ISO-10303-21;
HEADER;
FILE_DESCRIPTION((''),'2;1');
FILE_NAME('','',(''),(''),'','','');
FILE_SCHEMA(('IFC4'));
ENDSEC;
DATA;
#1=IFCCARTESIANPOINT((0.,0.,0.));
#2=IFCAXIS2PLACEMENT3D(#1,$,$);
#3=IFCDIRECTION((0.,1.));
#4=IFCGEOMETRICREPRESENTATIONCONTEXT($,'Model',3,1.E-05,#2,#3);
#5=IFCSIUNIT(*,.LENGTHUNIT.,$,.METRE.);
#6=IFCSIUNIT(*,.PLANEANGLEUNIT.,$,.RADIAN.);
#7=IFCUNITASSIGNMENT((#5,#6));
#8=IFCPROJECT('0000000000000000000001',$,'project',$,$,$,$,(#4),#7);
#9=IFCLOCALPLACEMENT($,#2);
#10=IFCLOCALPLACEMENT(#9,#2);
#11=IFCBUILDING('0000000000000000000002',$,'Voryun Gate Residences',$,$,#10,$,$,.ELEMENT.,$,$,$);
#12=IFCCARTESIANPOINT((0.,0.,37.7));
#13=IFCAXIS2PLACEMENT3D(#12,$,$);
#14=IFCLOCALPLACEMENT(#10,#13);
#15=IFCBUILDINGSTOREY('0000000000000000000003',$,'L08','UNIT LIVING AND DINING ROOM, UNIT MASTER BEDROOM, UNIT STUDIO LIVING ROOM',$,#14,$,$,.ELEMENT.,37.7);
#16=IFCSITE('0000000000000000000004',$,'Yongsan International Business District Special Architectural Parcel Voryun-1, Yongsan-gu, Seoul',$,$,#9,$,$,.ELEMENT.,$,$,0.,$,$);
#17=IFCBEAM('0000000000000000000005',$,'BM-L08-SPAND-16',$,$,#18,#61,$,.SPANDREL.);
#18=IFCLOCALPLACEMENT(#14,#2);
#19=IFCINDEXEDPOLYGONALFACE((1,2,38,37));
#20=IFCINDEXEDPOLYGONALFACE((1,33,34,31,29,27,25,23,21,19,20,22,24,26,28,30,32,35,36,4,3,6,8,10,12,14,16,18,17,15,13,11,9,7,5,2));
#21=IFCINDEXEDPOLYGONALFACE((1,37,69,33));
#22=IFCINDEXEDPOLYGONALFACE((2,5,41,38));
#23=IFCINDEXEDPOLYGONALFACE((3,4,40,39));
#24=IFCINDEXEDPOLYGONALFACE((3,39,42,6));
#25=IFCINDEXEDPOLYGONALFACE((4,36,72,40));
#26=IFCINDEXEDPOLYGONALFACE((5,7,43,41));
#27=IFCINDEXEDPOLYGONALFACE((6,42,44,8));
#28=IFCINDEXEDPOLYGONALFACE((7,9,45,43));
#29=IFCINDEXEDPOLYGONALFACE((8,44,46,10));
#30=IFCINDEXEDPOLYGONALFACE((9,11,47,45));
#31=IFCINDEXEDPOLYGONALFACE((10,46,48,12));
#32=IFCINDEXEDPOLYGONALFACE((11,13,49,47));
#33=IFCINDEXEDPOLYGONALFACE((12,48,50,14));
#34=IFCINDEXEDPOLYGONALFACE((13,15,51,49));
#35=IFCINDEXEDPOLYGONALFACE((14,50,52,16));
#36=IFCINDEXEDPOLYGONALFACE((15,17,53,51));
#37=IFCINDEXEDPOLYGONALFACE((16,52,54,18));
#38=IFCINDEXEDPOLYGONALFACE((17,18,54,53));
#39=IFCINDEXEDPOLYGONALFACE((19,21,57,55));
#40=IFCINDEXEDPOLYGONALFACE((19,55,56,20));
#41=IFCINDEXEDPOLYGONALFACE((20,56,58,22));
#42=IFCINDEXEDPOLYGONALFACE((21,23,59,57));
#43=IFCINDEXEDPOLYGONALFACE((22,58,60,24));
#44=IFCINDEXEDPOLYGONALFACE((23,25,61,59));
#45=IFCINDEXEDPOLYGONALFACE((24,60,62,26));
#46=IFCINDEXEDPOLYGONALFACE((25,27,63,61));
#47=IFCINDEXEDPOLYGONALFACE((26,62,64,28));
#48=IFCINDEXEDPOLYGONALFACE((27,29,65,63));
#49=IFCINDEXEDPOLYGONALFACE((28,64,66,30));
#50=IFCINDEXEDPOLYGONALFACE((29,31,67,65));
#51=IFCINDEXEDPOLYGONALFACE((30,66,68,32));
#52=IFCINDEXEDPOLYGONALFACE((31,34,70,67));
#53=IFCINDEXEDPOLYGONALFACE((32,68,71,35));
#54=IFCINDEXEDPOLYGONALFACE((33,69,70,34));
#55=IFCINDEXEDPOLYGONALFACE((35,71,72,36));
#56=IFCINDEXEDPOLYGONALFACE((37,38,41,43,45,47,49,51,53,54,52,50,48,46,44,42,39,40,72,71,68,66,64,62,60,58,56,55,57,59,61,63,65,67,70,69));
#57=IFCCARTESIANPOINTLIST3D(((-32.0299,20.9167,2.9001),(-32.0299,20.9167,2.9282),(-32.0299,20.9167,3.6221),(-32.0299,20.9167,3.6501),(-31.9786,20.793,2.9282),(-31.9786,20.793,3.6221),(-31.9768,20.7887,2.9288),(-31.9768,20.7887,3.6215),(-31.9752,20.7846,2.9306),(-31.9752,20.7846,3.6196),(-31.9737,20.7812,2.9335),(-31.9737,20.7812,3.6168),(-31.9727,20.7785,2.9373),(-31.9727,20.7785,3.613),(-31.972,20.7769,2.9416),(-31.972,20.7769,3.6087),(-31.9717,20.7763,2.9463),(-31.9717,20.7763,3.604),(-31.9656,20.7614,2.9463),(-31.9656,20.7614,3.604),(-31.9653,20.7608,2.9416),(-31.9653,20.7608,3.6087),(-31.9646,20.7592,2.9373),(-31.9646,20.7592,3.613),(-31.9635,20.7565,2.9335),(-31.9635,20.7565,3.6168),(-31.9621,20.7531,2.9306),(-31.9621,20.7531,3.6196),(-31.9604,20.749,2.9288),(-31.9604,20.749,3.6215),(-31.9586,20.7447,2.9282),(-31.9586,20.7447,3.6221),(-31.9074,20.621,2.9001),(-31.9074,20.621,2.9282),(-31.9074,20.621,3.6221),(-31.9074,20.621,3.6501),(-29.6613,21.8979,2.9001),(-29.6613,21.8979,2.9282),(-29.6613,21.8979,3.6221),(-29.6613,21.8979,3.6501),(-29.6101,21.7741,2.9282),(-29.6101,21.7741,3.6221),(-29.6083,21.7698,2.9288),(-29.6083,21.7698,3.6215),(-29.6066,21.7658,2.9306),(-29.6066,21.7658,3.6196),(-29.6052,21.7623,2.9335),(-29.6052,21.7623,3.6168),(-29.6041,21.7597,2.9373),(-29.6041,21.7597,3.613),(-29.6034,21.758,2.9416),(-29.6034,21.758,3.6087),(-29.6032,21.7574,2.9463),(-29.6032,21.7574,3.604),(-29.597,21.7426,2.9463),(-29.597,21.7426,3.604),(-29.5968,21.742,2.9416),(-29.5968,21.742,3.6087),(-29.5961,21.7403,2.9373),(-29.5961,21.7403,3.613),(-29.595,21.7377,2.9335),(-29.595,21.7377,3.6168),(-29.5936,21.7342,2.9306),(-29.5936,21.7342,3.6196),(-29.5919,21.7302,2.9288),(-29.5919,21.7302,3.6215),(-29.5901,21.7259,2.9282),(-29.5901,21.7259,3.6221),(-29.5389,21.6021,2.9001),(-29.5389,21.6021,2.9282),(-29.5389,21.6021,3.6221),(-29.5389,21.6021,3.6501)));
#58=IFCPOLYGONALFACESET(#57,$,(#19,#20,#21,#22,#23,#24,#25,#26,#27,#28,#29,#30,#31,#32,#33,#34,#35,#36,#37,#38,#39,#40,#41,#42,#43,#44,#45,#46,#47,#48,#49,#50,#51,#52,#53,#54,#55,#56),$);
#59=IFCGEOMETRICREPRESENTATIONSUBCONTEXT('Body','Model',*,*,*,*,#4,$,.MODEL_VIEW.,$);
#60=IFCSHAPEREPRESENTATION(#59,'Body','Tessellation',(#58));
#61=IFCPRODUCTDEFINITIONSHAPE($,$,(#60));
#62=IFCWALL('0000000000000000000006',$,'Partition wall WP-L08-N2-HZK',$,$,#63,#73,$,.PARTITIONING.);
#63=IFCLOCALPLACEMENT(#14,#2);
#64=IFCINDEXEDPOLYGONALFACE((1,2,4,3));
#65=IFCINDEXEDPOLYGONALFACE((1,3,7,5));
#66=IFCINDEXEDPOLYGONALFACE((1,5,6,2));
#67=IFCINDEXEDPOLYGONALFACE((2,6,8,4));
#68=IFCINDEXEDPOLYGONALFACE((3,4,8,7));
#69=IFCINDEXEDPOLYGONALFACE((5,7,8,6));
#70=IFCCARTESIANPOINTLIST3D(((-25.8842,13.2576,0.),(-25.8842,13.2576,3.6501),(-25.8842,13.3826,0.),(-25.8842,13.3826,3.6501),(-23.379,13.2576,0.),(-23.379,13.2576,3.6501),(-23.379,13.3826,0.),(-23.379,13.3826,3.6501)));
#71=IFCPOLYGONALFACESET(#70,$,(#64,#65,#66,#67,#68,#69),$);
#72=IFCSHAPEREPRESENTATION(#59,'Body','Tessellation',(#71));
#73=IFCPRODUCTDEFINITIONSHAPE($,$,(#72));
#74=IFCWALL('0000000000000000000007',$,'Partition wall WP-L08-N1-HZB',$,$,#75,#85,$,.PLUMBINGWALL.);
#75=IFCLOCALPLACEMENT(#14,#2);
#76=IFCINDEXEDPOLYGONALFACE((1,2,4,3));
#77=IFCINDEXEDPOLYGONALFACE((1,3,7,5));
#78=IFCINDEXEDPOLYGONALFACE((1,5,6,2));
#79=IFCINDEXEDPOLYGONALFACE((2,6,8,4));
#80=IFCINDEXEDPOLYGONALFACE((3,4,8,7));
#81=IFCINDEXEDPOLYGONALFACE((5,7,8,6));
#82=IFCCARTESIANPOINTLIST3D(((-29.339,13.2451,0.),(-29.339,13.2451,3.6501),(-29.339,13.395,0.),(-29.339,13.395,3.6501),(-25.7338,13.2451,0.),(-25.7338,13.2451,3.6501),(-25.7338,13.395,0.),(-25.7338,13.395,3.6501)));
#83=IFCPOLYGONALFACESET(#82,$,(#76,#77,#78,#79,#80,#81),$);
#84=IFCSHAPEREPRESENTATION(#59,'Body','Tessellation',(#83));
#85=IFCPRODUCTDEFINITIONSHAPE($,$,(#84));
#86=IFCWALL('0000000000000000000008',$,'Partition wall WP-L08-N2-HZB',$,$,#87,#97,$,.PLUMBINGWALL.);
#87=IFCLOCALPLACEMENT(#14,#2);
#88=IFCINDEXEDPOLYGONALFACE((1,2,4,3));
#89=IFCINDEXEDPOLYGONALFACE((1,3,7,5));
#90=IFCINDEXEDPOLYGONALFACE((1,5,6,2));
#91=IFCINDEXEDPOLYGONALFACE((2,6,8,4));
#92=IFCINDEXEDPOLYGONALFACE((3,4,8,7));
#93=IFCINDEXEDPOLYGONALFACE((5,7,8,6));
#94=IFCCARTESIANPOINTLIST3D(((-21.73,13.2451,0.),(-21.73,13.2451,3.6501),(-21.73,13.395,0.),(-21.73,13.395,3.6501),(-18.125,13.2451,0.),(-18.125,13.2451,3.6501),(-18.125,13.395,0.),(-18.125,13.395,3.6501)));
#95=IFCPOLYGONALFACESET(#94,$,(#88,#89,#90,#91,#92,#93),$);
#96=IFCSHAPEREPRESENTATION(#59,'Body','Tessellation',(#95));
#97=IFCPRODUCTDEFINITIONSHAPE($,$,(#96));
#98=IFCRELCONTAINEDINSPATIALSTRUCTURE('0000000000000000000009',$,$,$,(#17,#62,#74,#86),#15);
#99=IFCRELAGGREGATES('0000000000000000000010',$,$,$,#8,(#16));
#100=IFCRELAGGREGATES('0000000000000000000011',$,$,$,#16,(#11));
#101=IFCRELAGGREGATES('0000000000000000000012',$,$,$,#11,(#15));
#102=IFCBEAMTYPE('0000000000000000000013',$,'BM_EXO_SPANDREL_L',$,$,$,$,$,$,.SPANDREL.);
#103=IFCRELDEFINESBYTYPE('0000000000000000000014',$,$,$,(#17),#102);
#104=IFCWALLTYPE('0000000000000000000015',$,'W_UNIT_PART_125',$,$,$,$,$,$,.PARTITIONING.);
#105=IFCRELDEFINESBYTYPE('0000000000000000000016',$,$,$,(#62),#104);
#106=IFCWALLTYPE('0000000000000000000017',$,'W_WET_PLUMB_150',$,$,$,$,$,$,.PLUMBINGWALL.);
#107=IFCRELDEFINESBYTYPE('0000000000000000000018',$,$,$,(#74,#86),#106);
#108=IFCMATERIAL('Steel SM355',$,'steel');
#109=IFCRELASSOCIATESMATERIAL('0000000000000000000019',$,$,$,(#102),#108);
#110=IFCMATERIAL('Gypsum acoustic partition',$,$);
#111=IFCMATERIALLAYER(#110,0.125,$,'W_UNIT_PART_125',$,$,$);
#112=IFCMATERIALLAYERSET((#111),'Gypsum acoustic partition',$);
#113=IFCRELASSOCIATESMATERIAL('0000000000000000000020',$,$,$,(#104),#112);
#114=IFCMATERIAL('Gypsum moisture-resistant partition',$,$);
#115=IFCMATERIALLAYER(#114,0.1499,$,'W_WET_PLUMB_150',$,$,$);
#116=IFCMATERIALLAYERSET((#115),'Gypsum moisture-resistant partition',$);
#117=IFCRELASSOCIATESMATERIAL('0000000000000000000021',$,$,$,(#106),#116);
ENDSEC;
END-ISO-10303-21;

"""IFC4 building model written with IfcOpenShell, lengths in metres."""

from ifc_helpers import new_model, si_unit, direction, frame, frame_2d, origin, origin_2d, place, context, subcontext, project, spatial, rectangle, i_section, extrude, material, layer, layer_set, material_profile, profile_set, type_object, element, save


model = new_model("IFC4")

# Units and contexts
model_context = context("Model", 3, precision=1e-05, world=origin(), true_north=direction((0.0, 1.0)))
body_context = subcontext(model_context, "Body", "Model", "MODEL_VIEW")
ifc_project = project(units=[si_unit("LENGTHUNIT", "METRE"), si_unit("PLANEANGLEUNIT", "RADIAN")], contexts=[model_context])

# Site, building, storey
site_placement = place(None, origin())
site = spatial("IfcSite", under=ifc_project, at=site_placement, Name="Yongsan International Business District Special Architectural Parcel Voryun-1, Yongsan-gu, Seoul", CompositionType="ELEMENT", RefElevation=0.0)
building_placement = place(site_placement, origin())
building = spatial("IfcBuilding", under=site, at=building_placement, Name="Voryun Gate Residences", CompositionType="ELEMENT")
storey_placement = place(building_placement, frame((0.0, 0.0, 37.7)))
storey = spatial("IfcBuildingStorey", under=building, at=storey_placement, Name="L08", Description="UNIT LIVING AND DINING ROOM, UNIT MASTER BEDROOM, UNIT STUDIO LIVING ROOM", CompositionType="ELEMENT", Elevation=37.7)

# Beam
ifc_material_1 = material(Name="Steel SM355", Category="steel")
ifc_material_profile = material_profile(ifc_material_1, i_section(OverallWidth=0.3201, OverallDepth=0.75, WebThickness=0.0161, FlangeThickness=0.0281, FilletRadius=0.0181, at=origin_2d()), Name="H-750x320x16x28")
ifc_profile_set = profile_set([ifc_material_profile], Name="Steel SM355")
beam_type = type_object("IfcBeamType", Name="BM_EXO_SPANDREL_L", PredefinedType="SPANDREL", material=ifc_profile_set)
beam_placement = place(storey_placement, frame((-29.6001, 21.75, 3.2751), z_axis=(-0.923869, -0.382708, 0.0), x_axis=(0.382708, -0.923869, 0.0)))
element("IfcBeam", 1, at=beam_placement, inside=storey, type_object=beam_type, Name="BM-L08-SPAND-16", PredefinedType="SPANDREL", context=body_context, shape_type="SweptSolid", body=[
    extrude(i_section(OverallWidth=0.3201, OverallDepth=0.75, WebThickness=0.0161, FlangeThickness=0.0281, FilletRadius=0.0181, at=origin_2d()), origin(), (0.0, 0.0, 1.0), 2.5637),
])

# Walls
ifc_material_2 = material(Name="Gypsum acoustic partition")
ifc_layer_1 = layer(ifc_material_2, 0.125, Name="W_UNIT_PART_125")
ifc_layer_set_1 = layer_set([ifc_layer_1], Name="Gypsum acoustic partition")
wall_type_1 = type_object("IfcWallType", Name="W_UNIT_PART_125", PredefinedType="PARTITIONING", material=ifc_layer_set_1)
wall_1_placement = place(storey_placement, frame((-25.884, 13.3201, 0.0), z_axis=(0.0, 0.0, 1.0), x_axis=(1.0, 0.0, 0.0)))
element("IfcWall", 2, at=wall_1_placement, inside=storey, type_object=wall_type_1, Name="Partition wall WP-L08-N2-HZK", PredefinedType="PARTITIONING", context=body_context, shape_type="SweptSolid", body=[
    extrude(rectangle(XDim=2.5051, YDim=0.125, at=frame_2d((1.2524, 0.0))), origin(), (0.0, 0.0, 1.0), 3.6501),
])
ifc_material_3 = material(Name="Gypsum moisture-resistant partition")
ifc_layer_2 = layer(ifc_material_3, 0.1499, Name="W_WET_PLUMB_150")
ifc_layer_set_2 = layer_set([ifc_layer_2], Name="Gypsum moisture-resistant partition")
wall_type_2 = type_object("IfcWallType", Name="W_WET_PLUMB_150", PredefinedType="PLUMBINGWALL", material=ifc_layer_set_2)
wall_2_placement = place(storey_placement, frame((-29.3391, 13.3201, 0.0), z_axis=(0.0, 0.0, 1.0), x_axis=(1.0, 0.0, 0.0)))
element("IfcWall", 3, at=wall_2_placement, inside=storey, type_object=wall_type_2, Name="Partition wall WP-L08-N1-HZB", PredefinedType="PLUMBINGWALL", context=body_context, shape_type="SweptSolid", body=[
    extrude(rectangle(XDim=3.6052, YDim=0.1499, at=frame_2d((1.8027, 0.0))), origin(), (0.0, 0.0, 1.0), 3.6501),
])
wall_3_placement = place(storey_placement, frame((-21.73, 13.3201, 0.0), z_axis=(0.0, 0.0, 1.0), x_axis=(1.0, 0.0, 0.0)))
element("IfcWall", 4, at=wall_3_placement, inside=storey, type_object=wall_type_2, Name="Partition wall WP-L08-N2-HZB", PredefinedType="PLUMBINGWALL", context=body_context, shape_type="SweptSolid", body=[
    extrude(rectangle(XDim=3.605, YDim=0.1499, at=frame_2d((1.8025, 0.0))), origin(), (0.0, 0.0, 1.0), 3.6501),
])

save(model, "model.ifc")
